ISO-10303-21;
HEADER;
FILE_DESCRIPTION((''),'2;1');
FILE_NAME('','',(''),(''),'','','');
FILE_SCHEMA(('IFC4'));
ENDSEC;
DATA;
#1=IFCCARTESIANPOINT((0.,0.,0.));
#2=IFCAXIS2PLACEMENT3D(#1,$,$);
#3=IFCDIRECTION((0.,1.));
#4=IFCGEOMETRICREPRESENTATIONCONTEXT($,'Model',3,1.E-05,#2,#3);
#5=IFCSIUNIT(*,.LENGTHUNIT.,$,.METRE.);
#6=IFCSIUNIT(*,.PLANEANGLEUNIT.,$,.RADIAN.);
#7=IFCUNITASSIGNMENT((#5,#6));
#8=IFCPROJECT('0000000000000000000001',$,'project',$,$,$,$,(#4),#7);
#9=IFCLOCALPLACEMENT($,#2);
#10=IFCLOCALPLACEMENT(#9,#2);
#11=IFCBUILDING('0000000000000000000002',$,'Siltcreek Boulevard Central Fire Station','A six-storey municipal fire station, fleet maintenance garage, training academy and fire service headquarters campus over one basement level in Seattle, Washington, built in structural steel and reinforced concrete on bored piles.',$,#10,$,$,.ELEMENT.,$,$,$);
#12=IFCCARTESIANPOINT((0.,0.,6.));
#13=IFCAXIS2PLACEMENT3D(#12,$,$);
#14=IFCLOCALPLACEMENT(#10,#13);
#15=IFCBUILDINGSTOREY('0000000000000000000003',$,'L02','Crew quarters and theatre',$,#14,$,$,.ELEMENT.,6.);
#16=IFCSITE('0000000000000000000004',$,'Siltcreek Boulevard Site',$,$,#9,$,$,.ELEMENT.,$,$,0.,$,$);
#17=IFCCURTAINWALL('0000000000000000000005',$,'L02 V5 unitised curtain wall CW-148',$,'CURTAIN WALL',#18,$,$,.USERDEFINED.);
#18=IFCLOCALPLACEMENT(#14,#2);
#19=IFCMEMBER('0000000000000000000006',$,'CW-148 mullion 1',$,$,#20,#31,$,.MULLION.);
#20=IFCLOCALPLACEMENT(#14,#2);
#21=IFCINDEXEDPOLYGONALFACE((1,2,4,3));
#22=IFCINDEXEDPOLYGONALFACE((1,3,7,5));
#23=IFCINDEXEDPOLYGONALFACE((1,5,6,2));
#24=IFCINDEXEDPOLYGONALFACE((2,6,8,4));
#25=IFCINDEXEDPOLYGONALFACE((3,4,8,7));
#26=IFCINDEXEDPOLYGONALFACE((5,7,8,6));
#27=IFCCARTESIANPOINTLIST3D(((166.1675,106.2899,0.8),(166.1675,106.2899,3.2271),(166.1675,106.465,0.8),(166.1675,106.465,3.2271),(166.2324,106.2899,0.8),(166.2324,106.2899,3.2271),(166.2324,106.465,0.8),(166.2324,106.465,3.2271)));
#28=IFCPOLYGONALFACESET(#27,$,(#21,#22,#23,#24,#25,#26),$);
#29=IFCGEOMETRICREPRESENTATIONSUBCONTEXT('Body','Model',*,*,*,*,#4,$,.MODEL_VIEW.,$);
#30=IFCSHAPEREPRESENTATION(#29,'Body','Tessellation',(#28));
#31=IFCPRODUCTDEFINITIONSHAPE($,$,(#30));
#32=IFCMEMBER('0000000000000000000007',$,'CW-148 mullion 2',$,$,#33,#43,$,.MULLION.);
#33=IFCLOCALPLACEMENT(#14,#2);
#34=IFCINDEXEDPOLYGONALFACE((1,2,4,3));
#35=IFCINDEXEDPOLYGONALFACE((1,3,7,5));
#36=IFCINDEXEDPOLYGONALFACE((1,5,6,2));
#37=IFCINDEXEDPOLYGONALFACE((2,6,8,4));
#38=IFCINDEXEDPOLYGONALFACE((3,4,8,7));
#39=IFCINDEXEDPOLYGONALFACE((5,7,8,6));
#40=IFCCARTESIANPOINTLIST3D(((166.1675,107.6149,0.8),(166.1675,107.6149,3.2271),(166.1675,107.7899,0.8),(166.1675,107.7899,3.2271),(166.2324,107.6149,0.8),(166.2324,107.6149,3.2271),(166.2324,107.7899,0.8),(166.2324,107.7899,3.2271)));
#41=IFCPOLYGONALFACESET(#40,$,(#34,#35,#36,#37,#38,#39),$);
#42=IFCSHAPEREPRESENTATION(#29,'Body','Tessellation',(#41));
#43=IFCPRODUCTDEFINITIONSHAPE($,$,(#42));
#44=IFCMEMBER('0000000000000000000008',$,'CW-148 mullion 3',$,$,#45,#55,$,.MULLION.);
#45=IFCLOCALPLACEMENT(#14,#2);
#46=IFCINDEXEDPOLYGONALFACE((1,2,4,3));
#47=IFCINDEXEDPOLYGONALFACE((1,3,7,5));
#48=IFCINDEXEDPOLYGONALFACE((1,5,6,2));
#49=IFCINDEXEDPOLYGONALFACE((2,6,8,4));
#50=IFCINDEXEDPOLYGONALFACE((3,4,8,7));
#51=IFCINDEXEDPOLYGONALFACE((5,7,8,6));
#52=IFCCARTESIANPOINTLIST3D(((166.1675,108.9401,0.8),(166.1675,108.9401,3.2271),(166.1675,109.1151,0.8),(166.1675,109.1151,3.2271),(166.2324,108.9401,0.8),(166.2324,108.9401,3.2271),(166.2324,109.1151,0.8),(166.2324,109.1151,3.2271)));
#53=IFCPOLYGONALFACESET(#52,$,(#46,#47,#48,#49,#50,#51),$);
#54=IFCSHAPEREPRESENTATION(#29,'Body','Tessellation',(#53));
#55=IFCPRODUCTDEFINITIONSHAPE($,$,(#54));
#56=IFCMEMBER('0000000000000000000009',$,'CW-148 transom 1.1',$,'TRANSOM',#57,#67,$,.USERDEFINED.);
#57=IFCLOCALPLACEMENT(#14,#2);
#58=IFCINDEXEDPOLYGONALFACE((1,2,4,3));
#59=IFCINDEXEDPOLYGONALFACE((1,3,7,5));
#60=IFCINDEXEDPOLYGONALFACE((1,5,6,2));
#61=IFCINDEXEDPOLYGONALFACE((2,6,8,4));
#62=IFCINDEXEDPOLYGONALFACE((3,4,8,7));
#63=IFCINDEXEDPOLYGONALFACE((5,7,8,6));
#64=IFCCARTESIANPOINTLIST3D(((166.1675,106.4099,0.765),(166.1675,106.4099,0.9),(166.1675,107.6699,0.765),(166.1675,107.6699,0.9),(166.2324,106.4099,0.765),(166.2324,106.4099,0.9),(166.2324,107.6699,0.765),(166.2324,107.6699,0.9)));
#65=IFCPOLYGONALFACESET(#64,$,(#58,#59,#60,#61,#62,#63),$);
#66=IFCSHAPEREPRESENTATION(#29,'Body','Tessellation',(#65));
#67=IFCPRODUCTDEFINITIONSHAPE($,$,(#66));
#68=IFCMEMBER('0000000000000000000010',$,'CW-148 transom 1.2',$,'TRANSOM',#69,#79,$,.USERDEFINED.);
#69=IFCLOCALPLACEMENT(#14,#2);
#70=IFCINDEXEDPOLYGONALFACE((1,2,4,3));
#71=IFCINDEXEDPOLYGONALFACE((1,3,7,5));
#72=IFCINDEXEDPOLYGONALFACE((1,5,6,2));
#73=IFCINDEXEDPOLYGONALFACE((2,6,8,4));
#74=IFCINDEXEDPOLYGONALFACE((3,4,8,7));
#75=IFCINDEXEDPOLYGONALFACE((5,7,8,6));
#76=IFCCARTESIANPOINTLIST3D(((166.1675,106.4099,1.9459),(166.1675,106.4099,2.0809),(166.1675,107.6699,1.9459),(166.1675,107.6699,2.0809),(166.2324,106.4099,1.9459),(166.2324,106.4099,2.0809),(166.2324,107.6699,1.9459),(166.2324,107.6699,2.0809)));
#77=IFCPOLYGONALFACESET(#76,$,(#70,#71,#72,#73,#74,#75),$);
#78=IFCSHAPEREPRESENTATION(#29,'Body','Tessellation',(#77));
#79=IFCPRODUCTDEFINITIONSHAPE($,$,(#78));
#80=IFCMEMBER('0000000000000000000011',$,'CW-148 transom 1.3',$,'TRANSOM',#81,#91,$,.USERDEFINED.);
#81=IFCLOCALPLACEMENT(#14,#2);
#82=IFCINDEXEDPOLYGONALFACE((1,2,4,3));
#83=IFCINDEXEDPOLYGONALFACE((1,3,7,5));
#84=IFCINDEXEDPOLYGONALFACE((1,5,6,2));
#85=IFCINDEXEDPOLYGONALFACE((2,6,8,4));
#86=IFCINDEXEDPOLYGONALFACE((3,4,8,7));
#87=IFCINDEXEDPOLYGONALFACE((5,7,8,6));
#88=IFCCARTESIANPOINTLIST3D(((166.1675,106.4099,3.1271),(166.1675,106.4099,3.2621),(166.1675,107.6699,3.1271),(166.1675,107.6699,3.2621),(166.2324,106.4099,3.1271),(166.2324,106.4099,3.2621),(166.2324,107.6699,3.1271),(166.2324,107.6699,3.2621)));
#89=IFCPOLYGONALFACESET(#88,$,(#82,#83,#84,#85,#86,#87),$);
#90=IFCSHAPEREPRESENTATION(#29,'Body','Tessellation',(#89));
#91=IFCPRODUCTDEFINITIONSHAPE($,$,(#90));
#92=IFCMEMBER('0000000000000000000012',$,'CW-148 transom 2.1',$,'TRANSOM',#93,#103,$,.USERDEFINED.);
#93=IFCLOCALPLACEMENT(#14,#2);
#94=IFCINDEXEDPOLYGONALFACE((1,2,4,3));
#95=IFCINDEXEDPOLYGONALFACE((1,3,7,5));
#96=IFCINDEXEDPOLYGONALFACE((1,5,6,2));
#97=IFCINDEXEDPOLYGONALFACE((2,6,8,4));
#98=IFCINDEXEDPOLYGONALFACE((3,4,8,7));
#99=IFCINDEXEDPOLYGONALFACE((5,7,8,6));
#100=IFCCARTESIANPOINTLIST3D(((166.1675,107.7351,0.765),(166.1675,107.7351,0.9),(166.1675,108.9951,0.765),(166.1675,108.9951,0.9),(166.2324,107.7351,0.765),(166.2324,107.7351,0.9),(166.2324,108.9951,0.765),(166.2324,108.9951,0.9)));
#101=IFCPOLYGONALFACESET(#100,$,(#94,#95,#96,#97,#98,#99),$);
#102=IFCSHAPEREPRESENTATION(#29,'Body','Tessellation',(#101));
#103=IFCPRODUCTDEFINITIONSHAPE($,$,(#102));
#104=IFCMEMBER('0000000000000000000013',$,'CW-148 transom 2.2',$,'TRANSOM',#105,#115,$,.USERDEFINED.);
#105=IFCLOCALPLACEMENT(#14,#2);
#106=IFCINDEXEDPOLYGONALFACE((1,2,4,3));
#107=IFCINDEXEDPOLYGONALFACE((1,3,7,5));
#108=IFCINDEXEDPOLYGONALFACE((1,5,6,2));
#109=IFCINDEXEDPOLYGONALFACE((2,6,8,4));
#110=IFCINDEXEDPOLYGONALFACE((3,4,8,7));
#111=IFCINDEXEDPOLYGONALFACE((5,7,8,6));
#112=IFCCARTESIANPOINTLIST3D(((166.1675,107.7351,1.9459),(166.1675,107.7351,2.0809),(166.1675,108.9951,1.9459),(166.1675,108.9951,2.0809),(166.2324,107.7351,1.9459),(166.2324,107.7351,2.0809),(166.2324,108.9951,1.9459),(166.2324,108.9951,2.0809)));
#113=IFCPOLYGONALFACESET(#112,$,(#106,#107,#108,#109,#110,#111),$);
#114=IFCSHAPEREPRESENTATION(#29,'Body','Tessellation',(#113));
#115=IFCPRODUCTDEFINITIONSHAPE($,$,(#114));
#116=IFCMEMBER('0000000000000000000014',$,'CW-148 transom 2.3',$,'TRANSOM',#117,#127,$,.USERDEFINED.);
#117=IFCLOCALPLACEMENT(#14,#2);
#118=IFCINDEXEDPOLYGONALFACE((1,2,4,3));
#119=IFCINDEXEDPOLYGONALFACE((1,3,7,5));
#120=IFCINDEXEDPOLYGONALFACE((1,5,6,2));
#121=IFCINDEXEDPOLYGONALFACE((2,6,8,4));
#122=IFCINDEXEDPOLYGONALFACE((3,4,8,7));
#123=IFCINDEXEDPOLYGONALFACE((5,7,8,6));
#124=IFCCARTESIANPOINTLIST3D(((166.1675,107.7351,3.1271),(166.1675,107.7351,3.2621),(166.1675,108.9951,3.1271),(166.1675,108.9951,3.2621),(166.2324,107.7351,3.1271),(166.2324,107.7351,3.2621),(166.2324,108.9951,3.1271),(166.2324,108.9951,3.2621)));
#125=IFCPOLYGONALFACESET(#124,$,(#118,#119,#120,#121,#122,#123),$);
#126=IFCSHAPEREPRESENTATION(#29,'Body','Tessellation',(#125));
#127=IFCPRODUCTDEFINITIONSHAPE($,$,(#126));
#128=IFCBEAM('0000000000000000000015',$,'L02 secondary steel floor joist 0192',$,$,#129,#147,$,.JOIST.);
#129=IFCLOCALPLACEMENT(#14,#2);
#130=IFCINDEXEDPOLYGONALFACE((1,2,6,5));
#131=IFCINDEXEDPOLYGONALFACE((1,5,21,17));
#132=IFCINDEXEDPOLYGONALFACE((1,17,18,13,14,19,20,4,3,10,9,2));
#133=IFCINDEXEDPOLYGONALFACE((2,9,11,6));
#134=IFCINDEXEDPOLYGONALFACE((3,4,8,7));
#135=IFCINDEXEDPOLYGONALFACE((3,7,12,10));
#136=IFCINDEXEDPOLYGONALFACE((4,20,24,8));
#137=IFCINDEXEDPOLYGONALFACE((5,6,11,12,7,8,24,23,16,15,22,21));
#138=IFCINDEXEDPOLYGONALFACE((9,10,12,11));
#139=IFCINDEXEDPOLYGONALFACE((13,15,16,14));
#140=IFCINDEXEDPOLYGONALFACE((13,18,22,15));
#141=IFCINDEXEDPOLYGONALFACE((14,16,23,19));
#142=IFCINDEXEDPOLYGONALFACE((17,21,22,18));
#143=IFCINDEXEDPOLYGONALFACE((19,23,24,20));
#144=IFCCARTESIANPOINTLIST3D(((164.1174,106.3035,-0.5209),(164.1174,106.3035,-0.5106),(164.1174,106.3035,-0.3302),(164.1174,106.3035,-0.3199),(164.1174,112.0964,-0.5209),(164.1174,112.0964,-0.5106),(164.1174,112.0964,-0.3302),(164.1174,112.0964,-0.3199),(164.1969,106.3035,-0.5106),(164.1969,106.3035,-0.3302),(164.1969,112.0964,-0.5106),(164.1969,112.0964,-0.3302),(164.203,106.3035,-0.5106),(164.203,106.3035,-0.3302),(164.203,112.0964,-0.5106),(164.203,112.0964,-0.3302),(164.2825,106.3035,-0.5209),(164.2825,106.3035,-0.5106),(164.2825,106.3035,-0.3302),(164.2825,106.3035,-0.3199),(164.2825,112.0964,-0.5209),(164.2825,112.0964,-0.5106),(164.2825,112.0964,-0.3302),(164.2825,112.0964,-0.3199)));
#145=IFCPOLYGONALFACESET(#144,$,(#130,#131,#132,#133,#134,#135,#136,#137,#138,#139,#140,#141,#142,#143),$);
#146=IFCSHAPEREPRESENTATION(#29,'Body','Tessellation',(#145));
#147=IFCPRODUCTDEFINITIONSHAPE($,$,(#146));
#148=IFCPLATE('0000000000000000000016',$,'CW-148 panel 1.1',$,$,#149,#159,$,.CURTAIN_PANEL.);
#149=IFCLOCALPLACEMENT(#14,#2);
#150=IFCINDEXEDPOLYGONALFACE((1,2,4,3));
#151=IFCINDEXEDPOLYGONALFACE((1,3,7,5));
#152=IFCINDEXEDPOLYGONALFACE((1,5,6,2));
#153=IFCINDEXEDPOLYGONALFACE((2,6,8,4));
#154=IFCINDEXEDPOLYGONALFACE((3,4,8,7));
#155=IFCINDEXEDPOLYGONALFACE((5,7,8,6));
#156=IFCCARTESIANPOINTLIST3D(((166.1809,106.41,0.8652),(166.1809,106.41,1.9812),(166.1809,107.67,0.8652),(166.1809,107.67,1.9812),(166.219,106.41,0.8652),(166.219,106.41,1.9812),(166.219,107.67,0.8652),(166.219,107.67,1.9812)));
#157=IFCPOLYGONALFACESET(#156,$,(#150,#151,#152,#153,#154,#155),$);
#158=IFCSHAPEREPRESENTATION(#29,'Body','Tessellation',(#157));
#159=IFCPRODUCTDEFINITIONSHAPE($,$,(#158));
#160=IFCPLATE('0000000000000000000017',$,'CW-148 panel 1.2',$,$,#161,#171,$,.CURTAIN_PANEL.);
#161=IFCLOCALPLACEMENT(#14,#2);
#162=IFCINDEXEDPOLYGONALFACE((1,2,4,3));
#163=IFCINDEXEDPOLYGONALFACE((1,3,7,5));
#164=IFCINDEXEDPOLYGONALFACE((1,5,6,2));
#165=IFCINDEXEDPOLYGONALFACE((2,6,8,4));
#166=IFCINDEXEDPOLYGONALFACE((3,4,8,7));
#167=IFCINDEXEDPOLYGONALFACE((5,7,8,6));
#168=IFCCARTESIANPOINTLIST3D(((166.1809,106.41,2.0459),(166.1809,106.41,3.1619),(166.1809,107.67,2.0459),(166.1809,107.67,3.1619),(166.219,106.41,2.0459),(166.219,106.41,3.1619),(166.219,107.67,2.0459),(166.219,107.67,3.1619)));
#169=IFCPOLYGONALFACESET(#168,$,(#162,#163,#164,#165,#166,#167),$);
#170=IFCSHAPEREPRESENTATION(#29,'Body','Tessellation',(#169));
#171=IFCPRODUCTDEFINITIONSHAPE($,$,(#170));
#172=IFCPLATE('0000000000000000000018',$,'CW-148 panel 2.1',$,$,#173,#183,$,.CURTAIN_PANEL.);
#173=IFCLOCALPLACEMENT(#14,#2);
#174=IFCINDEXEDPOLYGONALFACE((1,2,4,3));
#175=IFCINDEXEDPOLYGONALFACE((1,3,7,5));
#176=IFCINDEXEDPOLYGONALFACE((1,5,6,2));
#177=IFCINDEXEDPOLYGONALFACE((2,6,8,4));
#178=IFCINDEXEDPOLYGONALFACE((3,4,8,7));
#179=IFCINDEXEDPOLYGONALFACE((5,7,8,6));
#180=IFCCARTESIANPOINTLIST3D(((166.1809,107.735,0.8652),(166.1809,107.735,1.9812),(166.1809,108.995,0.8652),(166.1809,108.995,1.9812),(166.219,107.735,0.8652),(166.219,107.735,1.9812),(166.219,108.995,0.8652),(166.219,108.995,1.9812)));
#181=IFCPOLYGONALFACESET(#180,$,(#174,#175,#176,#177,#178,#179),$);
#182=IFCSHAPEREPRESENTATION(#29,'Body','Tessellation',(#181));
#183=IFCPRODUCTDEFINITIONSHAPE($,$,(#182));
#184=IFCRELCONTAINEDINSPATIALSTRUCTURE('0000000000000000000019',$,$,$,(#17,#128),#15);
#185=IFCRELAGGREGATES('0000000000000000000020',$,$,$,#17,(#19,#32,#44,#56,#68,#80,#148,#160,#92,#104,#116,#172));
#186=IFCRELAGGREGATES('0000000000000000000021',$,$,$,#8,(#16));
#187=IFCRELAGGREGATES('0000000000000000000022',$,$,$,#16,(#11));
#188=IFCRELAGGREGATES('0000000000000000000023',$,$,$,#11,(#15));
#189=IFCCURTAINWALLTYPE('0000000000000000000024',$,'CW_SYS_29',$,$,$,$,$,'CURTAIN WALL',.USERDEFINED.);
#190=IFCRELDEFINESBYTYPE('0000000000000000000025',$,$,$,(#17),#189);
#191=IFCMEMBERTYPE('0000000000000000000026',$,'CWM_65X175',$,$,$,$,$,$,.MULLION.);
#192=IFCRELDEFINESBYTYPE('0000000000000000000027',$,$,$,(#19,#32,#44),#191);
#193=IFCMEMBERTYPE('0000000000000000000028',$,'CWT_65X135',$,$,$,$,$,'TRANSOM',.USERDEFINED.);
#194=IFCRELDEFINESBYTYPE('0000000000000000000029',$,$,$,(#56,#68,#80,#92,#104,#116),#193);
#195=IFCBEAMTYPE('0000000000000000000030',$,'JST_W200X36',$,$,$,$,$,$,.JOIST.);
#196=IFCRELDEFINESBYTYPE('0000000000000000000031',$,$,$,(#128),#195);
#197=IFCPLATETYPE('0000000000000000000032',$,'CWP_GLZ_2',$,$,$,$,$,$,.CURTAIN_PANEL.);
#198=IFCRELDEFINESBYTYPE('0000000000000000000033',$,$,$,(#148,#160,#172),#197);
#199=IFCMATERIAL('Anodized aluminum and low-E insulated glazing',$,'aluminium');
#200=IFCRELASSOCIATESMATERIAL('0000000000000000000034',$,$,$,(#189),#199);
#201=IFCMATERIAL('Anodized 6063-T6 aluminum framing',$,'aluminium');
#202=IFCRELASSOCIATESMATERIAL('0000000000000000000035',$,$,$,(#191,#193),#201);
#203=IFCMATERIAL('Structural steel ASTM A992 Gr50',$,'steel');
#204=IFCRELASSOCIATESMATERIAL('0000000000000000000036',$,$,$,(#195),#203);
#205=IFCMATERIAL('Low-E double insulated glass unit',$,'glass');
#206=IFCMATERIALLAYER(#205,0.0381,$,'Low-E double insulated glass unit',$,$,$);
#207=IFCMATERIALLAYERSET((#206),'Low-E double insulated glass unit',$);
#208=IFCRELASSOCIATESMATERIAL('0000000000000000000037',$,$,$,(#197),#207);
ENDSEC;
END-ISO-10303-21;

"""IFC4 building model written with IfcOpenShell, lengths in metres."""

from ifc_helpers import new_model, si_unit, direction, frame, origin, origin_2d, place, context, subcontext, project, spatial, rectangle, i_section, extrude, material, layer, layer_set, material_profile, profile_set, type_object, element, aggregate, save


model = new_model("IFC4")

# Units and contexts
model_context = context("Model", 3, precision=1e-05, world=origin(), true_north=direction((0.0, 1.0)))
body_context = subcontext(model_context, "Body", "Model", "MODEL_VIEW")
ifc_project = project(units=[si_unit("LENGTHUNIT", "METRE"), si_unit("PLANEANGLEUNIT", "RADIAN")], contexts=[model_context])

# Site, building, storey
site_placement = place(None, origin())
site = spatial("IfcSite", under=ifc_project, at=site_placement, Name="Siltcreek Boulevard Site", CompositionType="ELEMENT", RefElevation=0.0)
building_placement = place(site_placement, origin())
building = spatial("IfcBuilding", under=site, at=building_placement, Name="Siltcreek Boulevard Central Fire Station", Description="A six-storey municipal fire station, fleet maintenance garage, training academy and fire service headquarters campus over one basement level in Seattle, Washington, built in structural steel and reinforced concrete on bored piles.", CompositionType="ELEMENT")
storey_placement = place(building_placement, frame((0.0, 0.0, 6.0)))
storey = spatial("IfcBuildingStorey", under=building, at=storey_placement, Name="L02", Description="Crew quarters and theatre", CompositionType="ELEMENT", Elevation=6.0)

# Curtain wall, members
ifc_material_1 = material(Name="Anodized aluminum and low-E insulated glazing", Category="aluminium")
curtain_wall_type = type_object("IfcCurtainWallType", Name="CW_SYS_29", ElementType="CURTAIN WALL", PredefinedType="USERDEFINED", material=ifc_material_1)
curtain_wall_placement = place(storey_placement, origin())
curtain_wall = element("IfcCurtainWall", 1, at=curtain_wall_placement, inside=storey, type_object=curtain_wall_type, Name="L02 V5 unitised curtain wall CW-148", ObjectType="CURTAIN WALL", PredefinedType="USERDEFINED")
ifc_material_2 = material(Name="Anodized 6063-T6 aluminum framing", Category="aluminium")
ifc_material_profile_1 = material_profile(ifc_material_2, rectangle(XDim=0.0649, YDim=0.175, at=origin_2d()), Name="MULL65X175")
ifc_profile_set_1 = profile_set([ifc_material_profile_1], Name="Anodized 6063-T6 aluminum framing")
member_type_1 = type_object("IfcMemberType", Name="CWM_65X175", PredefinedType="MULLION", material=ifc_profile_set_1)
member_1_placement = place(storey_placement, frame((166.2, 106.3774, 0.8), z_axis=(0.0, 0.0, 1.0), x_axis=(-1.0, 0.0, 0.0)))
member_1 = element("IfcMember", 2, at=member_1_placement, type_object=member_type_1, Name="CW-148 mullion 1", PredefinedType="MULLION", context=body_context, shape_type="SweptSolid", body=[
    extrude(rectangle(XDim=0.0649, YDim=0.175, at=origin_2d()), origin(), (0.0, 0.0, 1.0), 2.427),
])
member_2_placement = place(storey_placement, frame((166.2, 107.7024, 0.8), z_axis=(0.0, 0.0, 1.0), x_axis=(-1.0, 0.0, 0.0)))
member_2 = element("IfcMember", 3, at=member_2_placement, type_object=member_type_1, Name="CW-148 mullion 2", PredefinedType="MULLION", context=body_context, shape_type="SweptSolid", body=[
    extrude(rectangle(XDim=0.0649, YDim=0.175, at=origin_2d()), origin(), (0.0, 0.0, 1.0), 2.427),
])
member_3_placement = place(storey_placement, frame((166.2, 109.0276, 0.8), z_axis=(0.0, 0.0, 1.0), x_axis=(-1.0, 0.0, 0.0)))
member_3 = element("IfcMember", 4, at=member_3_placement, type_object=member_type_1, Name="CW-148 mullion 3", PredefinedType="MULLION", context=body_context, shape_type="SweptSolid", body=[
    extrude(rectangle(XDim=0.0649, YDim=0.175, at=origin_2d()), origin(), (0.0, 0.0, 1.0), 2.427),
])
ifc_material_profile_2 = material_profile(ifc_material_2, rectangle(XDim=0.0649, YDim=0.135, at=origin_2d()), Name="TRAN65X135")
ifc_profile_set_2 = profile_set([ifc_material_profile_2], Name="Anodized 6063-T6 aluminum framing")
member_type_2 = type_object("IfcMemberType", Name="CWT_65X135", ElementType="TRANSOM", PredefinedType="USERDEFINED", material=ifc_profile_set_2)
member_4_placement = place(storey_placement, frame((166.2, 106.4099, 0.8325), z_axis=(0.0, 1.0, 0.0), x_axis=(-1.0, 0.0, 0.0)))
member_4 = element("IfcMember", 5, at=member_4_placement, type_object=member_type_2, Name="CW-148 transom 1.1", ObjectType="TRANSOM", PredefinedType="USERDEFINED", context=body_context, shape_type="SweptSolid", body=[
    extrude(rectangle(XDim=0.0649, YDim=0.135, at=origin_2d()), origin(), (0.0, 0.0, 1.0), 1.26),
])
member_5_placement = place(storey_placement, frame((166.2, 106.4099, 2.0134), z_axis=(0.0, 1.0, 0.0), x_axis=(-1.0, 0.0, 0.0)))
member_5 = element("IfcMember", 6, at=member_5_placement, type_object=member_type_2, Name="CW-148 transom 1.2", ObjectType="TRANSOM", PredefinedType="USERDEFINED", context=body_context, shape_type="SweptSolid", body=[
    extrude(rectangle(XDim=0.0649, YDim=0.135, at=origin_2d()), origin(), (0.0, 0.0, 1.0), 1.26),
])
member_6_placement = place(storey_placement, frame((166.2, 106.4099, 3.1946), z_axis=(0.0, 1.0, 0.0), x_axis=(-1.0, 0.0, 0.0)))
member_6 = element("IfcMember", 7, at=member_6_placement, type_object=member_type_2, Name="CW-148 transom 1.3", ObjectType="TRANSOM", PredefinedType="USERDEFINED", context=body_context, shape_type="SweptSolid", body=[
    extrude(rectangle(XDim=0.0649, YDim=0.135, at=origin_2d()), origin(), (0.0, 0.0, 1.0), 1.26),
])
member_7_placement = place(storey_placement, frame((166.2, 107.7351, 0.8325), z_axis=(0.0, 1.0, 0.0), x_axis=(-1.0, 0.0, 0.0)))
member_7 = element("IfcMember", 8, at=member_7_placement, type_object=member_type_2, Name="CW-148 transom 2.1", ObjectType="TRANSOM", PredefinedType="USERDEFINED", context=body_context, shape_type="SweptSolid", body=[
    extrude(rectangle(XDim=0.0649, YDim=0.135, at=origin_2d()), origin(), (0.0, 0.0, 1.0), 1.26),
])
member_8_placement = place(storey_placement, frame((166.2, 107.7351, 2.0134), z_axis=(0.0, 1.0, 0.0), x_axis=(-1.0, 0.0, 0.0)))
member_8 = element("IfcMember", 9, at=member_8_placement, type_object=member_type_2, Name="CW-148 transom 2.2", ObjectType="TRANSOM", PredefinedType="USERDEFINED", context=body_context, shape_type="SweptSolid", body=[
    extrude(rectangle(XDim=0.0649, YDim=0.135, at=origin_2d()), origin(), (0.0, 0.0, 1.0), 1.26),
])
member_9_placement = place(storey_placement, frame((166.2, 107.7351, 3.1946), z_axis=(0.0, 1.0, 0.0), x_axis=(-1.0, 0.0, 0.0)))
member_9 = element("IfcMember", 10, at=member_9_placement, type_object=member_type_2, Name="CW-148 transom 2.3", ObjectType="TRANSOM", PredefinedType="USERDEFINED", context=body_context, shape_type="SweptSolid", body=[
    extrude(rectangle(XDim=0.0649, YDim=0.135, at=origin_2d()), origin(), (0.0, 0.0, 1.0), 1.26),
])

# Beam
ifc_material_3 = material(Name="Structural steel ASTM A992 Gr50", Category="steel")
ifc_material_profile_3 = material_profile(ifc_material_3, i_section(OverallWidth=0.165, OverallDepth=0.2009, WebThickness=0.0061, FlangeThickness=0.0103, at=origin_2d()), Name="W200X36")
ifc_profile_set_3 = profile_set([ifc_material_profile_3], Name="Structural steel ASTM A992 Gr50")
beam_type = type_object("IfcBeamType", Name="JST_W200X36", PredefinedType="JOIST", material=ifc_profile_set_3)
beam_placement = place(storey_placement, frame((164.2, 106.3035, -0.4204), z_axis=(0.0, 1.0, 0.0), x_axis=(-1.0, 0.0, 0.0)))
element("IfcBeam", 11, at=beam_placement, inside=storey, type_object=beam_type, Name="L02 secondary steel floor joist 0192", PredefinedType="JOIST", context=body_context, shape_type="SweptSolid", body=[
    extrude(i_section(OverallWidth=0.165, OverallDepth=0.2009, WebThickness=0.0061, FlangeThickness=0.0103, at=origin_2d()), origin(), (0.0, 0.0, 1.0), 5.793),
])

# Plates
ifc_material_4 = material(Name="Low-E double insulated glass unit", Category="glass")
ifc_layer_1 = layer(ifc_material_4, 0.0381, Name="Low-E double insulated glass unit")
ifc_layer_set_1 = layer_set([ifc_layer_1], Name="Low-E double insulated glass unit")
plate_type = type_object("IfcPlateType", Name="CWP_GLZ_2", PredefinedType="CURTAIN_PANEL", material=ifc_layer_set_1)
plate_1_placement = place(storey_placement, frame((166.2, 107.04, 0.8652), z_axis=(0.0, 0.0, 1.0), x_axis=(0.0, 1.0, 0.0)))
plate_1 = element("IfcPlate", 12, at=plate_1_placement, type_object=plate_type, Name="CW-148 panel 1.1", PredefinedType="CURTAIN_PANEL", context=body_context, shape_type="SweptSolid", body=[
    extrude(rectangle(XDim=1.26, YDim=0.0381, at=origin_2d()), origin(), (0.0, 0.0, 1.0), 1.116),
])
plate_2_placement = place(storey_placement, frame((166.2, 107.04, 2.0459), z_axis=(0.0, 0.0, 1.0), x_axis=(0.0, 1.0, 0.0)))
plate_2 = element("IfcPlate", 13, at=plate_2_placement, type_object=plate_type, Name="CW-148 panel 1.2", PredefinedType="CURTAIN_PANEL", context=body_context, shape_type="SweptSolid", body=[
    extrude(rectangle(XDim=1.26, YDim=0.0381, at=origin_2d()), origin(), (0.0, 0.0, 1.0), 1.116),
])
plate_3_placement = place(storey_placement, frame((166.2, 108.365, 0.8652), z_axis=(0.0, 0.0, 1.0), x_axis=(0.0, 1.0, 0.0)))
plate_3 = element("IfcPlate", 14, at=plate_3_placement, type_object=plate_type, Name="CW-148 panel 2.1", PredefinedType="CURTAIN_PANEL", context=body_context, shape_type="SweptSolid", body=[
    extrude(rectangle(XDim=1.26, YDim=0.0381, at=origin_2d()), origin(), (0.0, 0.0, 1.0), 1.116),
])
aggregate(curtain_wall, [member_1, member_2, member_3, member_4, member_5, member_6, plate_1, plate_2, member_7, member_8, member_9, plate_3])

save(model, "model.ifc")
